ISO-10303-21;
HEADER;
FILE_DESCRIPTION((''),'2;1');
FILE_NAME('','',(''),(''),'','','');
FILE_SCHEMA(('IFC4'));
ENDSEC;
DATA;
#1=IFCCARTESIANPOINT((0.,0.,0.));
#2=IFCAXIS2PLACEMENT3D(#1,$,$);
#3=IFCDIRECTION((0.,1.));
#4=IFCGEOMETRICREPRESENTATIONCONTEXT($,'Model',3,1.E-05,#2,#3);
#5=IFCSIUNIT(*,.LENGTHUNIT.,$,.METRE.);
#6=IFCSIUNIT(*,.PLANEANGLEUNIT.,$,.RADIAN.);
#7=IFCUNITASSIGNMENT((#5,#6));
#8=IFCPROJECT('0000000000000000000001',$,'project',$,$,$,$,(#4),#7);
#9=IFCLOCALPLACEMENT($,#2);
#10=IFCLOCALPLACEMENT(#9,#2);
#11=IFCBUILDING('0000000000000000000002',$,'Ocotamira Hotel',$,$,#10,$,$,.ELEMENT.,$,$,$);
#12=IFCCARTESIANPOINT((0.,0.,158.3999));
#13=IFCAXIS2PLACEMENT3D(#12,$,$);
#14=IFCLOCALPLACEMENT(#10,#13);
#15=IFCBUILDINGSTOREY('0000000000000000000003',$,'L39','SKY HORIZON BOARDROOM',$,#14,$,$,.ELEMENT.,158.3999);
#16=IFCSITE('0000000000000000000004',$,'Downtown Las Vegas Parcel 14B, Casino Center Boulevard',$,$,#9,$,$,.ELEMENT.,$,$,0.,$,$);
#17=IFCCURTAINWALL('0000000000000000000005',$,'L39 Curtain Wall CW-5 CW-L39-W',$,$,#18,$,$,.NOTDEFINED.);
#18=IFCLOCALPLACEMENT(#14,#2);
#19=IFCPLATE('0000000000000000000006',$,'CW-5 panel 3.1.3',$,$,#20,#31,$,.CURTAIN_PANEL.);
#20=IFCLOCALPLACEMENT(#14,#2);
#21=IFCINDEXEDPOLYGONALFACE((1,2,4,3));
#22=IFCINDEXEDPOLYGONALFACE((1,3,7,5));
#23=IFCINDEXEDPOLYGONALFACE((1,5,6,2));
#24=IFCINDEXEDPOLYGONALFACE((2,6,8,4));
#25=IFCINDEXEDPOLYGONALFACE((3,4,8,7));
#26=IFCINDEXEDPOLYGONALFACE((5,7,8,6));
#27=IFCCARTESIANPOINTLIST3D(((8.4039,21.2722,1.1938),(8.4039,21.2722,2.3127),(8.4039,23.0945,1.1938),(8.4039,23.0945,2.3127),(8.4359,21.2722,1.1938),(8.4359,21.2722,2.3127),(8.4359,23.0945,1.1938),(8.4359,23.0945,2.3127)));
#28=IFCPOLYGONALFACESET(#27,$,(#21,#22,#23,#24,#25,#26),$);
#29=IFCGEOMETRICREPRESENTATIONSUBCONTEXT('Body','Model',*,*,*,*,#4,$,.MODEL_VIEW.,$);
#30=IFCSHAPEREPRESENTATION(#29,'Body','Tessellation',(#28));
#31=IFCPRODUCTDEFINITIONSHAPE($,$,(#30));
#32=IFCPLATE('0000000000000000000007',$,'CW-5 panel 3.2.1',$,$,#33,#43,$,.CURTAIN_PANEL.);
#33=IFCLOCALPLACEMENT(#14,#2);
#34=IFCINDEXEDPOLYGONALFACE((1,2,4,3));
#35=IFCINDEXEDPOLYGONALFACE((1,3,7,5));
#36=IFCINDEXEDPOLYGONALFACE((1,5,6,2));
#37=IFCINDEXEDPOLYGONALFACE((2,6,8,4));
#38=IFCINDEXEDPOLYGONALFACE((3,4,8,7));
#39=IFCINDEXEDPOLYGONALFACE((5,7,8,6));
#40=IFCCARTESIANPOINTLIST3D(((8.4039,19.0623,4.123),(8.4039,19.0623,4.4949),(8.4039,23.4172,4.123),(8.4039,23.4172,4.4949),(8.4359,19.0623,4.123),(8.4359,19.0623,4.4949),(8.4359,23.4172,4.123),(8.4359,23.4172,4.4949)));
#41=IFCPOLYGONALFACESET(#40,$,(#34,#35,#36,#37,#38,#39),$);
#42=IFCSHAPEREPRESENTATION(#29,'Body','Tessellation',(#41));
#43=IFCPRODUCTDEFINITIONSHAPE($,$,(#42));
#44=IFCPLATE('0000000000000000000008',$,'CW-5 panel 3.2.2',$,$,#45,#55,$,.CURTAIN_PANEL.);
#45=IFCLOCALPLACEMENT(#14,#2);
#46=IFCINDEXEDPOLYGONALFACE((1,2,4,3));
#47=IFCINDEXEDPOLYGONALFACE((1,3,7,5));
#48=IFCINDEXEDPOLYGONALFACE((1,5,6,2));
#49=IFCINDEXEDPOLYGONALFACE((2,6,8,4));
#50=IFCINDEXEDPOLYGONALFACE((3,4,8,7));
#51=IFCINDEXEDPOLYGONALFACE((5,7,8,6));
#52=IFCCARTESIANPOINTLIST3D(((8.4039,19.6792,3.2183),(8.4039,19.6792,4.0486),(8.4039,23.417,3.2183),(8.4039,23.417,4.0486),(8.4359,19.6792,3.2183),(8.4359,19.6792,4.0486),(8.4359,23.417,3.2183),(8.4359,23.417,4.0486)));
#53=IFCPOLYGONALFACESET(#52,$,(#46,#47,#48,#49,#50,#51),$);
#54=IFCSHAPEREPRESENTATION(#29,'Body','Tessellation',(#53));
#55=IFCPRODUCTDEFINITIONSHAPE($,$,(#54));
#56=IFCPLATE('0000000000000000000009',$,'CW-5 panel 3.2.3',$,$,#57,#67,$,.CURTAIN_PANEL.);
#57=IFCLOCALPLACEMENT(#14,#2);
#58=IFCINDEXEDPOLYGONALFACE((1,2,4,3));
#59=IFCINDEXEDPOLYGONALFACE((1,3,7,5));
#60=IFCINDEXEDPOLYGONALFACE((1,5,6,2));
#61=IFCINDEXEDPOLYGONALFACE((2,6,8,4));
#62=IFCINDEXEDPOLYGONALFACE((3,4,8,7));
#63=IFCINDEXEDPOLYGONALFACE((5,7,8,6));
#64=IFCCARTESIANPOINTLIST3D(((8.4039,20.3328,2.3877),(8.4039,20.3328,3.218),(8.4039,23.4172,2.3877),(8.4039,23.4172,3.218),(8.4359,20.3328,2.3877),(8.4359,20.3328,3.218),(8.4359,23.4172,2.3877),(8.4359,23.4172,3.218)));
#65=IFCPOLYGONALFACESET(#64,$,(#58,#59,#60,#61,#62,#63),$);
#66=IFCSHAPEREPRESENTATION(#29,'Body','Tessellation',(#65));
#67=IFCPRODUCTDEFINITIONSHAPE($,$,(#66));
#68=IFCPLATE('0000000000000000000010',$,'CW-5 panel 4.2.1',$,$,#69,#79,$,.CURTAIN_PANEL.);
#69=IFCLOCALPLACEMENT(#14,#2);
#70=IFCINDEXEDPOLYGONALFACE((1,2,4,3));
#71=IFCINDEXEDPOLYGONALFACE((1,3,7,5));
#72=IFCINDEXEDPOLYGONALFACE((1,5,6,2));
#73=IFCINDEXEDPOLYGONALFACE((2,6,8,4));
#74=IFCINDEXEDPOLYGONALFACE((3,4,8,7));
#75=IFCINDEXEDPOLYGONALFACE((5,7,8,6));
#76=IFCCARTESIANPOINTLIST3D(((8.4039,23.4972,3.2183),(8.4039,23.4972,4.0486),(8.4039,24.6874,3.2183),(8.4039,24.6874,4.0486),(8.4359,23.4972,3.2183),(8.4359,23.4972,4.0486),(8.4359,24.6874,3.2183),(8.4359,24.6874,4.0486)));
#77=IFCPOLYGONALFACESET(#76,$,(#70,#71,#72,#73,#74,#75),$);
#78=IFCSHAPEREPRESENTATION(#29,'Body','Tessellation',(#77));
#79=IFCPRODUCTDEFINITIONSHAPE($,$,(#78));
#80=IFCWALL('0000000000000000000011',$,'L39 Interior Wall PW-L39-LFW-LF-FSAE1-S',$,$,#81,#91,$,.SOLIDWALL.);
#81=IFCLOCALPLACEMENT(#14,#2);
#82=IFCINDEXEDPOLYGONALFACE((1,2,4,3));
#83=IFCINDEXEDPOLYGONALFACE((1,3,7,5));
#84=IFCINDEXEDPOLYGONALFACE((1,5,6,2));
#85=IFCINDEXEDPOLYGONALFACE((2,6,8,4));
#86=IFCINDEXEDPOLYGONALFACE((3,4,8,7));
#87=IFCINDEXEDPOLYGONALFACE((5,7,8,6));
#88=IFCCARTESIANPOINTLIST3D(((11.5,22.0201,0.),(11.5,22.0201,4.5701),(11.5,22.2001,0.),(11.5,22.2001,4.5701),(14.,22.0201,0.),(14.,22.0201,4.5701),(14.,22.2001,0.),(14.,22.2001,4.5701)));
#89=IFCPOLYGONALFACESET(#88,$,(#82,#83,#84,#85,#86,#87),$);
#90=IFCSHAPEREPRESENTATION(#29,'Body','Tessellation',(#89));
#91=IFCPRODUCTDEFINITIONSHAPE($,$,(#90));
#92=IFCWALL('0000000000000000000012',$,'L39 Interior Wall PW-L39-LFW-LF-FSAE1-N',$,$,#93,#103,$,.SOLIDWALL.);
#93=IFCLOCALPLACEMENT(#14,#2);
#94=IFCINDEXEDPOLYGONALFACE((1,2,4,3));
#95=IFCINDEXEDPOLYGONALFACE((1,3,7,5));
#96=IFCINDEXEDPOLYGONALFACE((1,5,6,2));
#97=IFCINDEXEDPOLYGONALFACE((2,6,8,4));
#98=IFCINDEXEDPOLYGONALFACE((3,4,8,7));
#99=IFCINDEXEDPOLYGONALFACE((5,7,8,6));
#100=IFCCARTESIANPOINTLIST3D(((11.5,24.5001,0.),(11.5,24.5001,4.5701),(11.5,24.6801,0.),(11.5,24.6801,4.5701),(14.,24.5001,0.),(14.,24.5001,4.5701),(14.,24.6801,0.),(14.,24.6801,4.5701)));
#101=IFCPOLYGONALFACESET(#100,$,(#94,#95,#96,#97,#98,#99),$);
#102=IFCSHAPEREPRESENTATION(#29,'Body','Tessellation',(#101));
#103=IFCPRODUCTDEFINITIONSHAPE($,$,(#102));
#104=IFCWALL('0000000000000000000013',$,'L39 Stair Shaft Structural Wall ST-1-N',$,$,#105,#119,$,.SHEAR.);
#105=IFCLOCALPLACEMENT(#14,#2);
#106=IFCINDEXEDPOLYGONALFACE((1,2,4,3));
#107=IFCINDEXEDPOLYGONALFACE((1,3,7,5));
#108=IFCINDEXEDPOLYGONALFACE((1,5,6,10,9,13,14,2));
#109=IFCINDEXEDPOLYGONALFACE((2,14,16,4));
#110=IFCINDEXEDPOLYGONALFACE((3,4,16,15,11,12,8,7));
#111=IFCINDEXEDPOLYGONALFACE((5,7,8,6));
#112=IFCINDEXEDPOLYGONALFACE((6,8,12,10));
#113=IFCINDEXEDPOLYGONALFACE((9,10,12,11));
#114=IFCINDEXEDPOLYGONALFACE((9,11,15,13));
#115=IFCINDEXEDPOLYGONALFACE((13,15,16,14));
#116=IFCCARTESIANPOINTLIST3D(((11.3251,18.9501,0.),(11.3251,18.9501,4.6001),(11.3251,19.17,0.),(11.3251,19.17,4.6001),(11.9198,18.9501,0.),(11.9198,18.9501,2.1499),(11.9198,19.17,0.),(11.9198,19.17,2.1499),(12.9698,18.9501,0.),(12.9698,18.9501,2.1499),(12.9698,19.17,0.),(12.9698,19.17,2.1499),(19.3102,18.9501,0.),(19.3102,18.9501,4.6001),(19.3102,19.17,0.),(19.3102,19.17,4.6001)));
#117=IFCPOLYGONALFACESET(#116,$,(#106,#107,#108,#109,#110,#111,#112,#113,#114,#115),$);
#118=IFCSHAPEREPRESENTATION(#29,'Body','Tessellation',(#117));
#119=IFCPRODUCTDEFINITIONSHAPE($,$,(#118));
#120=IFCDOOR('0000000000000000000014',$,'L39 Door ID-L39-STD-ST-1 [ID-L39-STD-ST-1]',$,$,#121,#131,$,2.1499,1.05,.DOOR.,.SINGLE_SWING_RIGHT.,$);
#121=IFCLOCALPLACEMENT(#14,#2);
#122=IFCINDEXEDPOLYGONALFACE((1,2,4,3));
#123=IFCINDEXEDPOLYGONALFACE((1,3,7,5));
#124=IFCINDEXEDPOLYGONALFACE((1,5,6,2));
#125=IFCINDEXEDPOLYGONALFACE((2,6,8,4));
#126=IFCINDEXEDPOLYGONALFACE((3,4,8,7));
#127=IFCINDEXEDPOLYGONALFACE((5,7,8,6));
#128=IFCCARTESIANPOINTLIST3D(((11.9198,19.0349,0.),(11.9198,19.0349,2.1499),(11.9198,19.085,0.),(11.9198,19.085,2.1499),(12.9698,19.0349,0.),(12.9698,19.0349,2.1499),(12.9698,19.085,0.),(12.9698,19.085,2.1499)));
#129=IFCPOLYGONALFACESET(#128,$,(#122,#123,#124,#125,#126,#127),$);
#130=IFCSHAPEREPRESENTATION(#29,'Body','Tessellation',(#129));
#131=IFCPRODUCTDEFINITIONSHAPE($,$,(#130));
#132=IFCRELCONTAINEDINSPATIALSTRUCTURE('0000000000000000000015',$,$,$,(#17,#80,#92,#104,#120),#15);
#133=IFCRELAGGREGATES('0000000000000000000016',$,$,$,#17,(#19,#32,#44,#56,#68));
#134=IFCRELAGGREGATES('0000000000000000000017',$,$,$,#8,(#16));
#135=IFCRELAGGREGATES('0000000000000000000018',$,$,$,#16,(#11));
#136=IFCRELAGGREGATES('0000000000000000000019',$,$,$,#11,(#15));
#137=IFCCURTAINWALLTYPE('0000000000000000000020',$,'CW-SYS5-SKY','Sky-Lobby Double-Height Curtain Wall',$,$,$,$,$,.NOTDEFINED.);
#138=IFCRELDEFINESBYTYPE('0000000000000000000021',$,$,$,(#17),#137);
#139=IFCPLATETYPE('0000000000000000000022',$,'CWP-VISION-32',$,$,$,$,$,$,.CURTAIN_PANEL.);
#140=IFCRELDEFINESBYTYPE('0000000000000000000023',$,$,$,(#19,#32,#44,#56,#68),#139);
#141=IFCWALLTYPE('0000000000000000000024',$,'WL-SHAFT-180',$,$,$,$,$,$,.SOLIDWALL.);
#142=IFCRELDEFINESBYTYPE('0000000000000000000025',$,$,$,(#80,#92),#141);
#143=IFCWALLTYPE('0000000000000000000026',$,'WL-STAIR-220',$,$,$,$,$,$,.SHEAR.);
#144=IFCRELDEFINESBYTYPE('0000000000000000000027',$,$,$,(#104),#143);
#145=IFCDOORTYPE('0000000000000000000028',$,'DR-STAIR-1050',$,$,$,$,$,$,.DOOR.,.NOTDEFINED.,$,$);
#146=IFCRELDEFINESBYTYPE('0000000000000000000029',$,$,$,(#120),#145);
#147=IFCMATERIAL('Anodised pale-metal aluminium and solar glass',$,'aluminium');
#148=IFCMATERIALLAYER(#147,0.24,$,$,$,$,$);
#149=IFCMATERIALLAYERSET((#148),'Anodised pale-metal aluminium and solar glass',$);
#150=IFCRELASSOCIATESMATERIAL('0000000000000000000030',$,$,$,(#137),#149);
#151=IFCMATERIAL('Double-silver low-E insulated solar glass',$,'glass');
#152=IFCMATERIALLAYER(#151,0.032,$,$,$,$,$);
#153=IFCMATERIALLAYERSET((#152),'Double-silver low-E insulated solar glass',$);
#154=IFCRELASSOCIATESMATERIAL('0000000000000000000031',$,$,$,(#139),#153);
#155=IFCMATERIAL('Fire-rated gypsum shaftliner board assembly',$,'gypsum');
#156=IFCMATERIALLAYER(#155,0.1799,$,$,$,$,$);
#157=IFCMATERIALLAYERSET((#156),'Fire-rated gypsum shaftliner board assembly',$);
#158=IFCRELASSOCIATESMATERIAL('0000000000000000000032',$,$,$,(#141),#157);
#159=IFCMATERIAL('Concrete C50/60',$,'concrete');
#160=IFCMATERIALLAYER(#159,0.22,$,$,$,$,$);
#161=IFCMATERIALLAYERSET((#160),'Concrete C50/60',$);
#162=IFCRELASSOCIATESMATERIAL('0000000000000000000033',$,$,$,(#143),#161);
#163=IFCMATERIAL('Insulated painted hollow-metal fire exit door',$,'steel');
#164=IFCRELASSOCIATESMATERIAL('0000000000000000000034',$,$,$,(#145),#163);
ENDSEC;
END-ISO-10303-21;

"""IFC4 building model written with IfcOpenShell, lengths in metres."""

from ifc_helpers import new_model, si_unit, direction, frame, frame_2d, origin, origin_2d, place, context, subcontext, project, spatial, rectangle, extrude, source, transform, mapped, material, layer, layer_set, type_object, element, fill, aggregate, save


model = new_model("IFC4")

# Units and contexts
model_context = context("Model", 3, precision=1e-05, world=origin(), true_north=direction((0.0, 1.0)))
body_context = subcontext(model_context, "Body", "Model", "MODEL_VIEW")
ifc_project = project(units=[si_unit("LENGTHUNIT", "METRE"), si_unit("PLANEANGLEUNIT", "RADIAN")], contexts=[model_context])

# Site, building, storey
site_placement = place(None, origin())
site = spatial("IfcSite", under=ifc_project, at=site_placement, Name="Downtown Las Vegas Parcel 14B, Casino Center Boulevard", CompositionType="ELEMENT", RefElevation=0.0)
building_placement = place(site_placement, origin())
building = spatial("IfcBuilding", under=site, at=building_placement, Name="Ocotamira Hotel", CompositionType="ELEMENT")
storey_placement = place(building_placement, frame((0.0, 0.0, 158.3999)))
storey = spatial("IfcBuildingStorey", under=building, at=storey_placement, Name="L39", Description="SKY HORIZON BOARDROOM", CompositionType="ELEMENT", Elevation=158.3999)

# Curtain wall, plates
ifc_material_1 = material(Name="Anodised pale-metal aluminium and solar glass", Category="aluminium")
ifc_layer_1 = layer(ifc_material_1, 0.24)
ifc_layer_set_1 = layer_set([ifc_layer_1], Name="Anodised pale-metal aluminium and solar glass")
curtain_wall_type = type_object("IfcCurtainWallType", Name="CW-SYS5-SKY", Description="Sky-Lobby Double-Height Curtain Wall", PredefinedType="NOTDEFINED", material=ifc_layer_set_1)
curtain_wall_placement = place(storey_placement, origin())
curtain_wall = element("IfcCurtainWall", 1, at=curtain_wall_placement, inside=storey, type_object=curtain_wall_type, Name="L39 Curtain Wall CW-5 CW-L39-W", PredefinedType="NOTDEFINED")
ifc_material_2 = material(Name="Double-silver low-E insulated solar glass", Category="glass")
ifc_layer_2 = layer(ifc_material_2, 0.032)
ifc_layer_set_2 = layer_set([ifc_layer_2], Name="Double-silver low-E insulated solar glass")
plate_type = type_object("IfcPlateType", Name="CWP-VISION-32", PredefinedType="CURTAIN_PANEL", material=ifc_layer_set_2)
shared_shape_1 = source(origin(), body_context, "Body", "SweptSolid", [
    extrude(rectangle(XDim=1.8223, YDim=0.032, at=origin_2d()), origin(), (0.0, 0.0, 1.0), 1.1189),
])
plate_1_placement = place(storey_placement, frame((8.4199, 22.1833, 1.1938), z_axis=(0.0, 0.0, 1.0), x_axis=(0.0, 1.0, 0.0)))
plate_1 = element("IfcPlate", 2, at=plate_1_placement, type_object=plate_type, Name="CW-5 panel 3.1.3", PredefinedType="CURTAIN_PANEL", context=body_context, shape_type="MappedRepresentation", body=[
    mapped(shared_shape_1, transform((0.0, 0.0, 0.0), scale=1.0)),
])
shared_shape_2 = source(origin(), body_context, "Body", "SweptSolid", [
    extrude(rectangle(XDim=4.355, YDim=0.032, at=origin_2d()), origin(), (0.0, 0.0, 1.0), 0.3718),
])
plate_2_placement = place(storey_placement, frame((8.4199, 21.2397, 4.123), z_axis=(0.0, 0.0, 1.0), x_axis=(0.0, 1.0, 0.0)))
plate_2 = element("IfcPlate", 3, at=plate_2_placement, type_object=plate_type, Name="CW-5 panel 3.2.1", PredefinedType="CURTAIN_PANEL", context=body_context, shape_type="MappedRepresentation", body=[
    mapped(shared_shape_2, transform((0.0, 0.0, 0.0), scale=1.0)),
])
shared_shape_3 = source(origin(), body_context, "Body", "SweptSolid", [
    extrude(rectangle(XDim=3.7378, YDim=0.032, at=origin_2d()), origin(), (0.0, 0.0, 1.0), 0.8303),
])
plate_3_placement = place(storey_placement, frame((8.4199, 21.5481, 3.2183), z_axis=(0.0, 0.0, 1.0), x_axis=(0.0, 1.0, 0.0)))
plate_3 = element("IfcPlate", 4, at=plate_3_placement, type_object=plate_type, Name="CW-5 panel 3.2.2", PredefinedType="CURTAIN_PANEL", context=body_context, shape_type="MappedRepresentation", body=[
    mapped(shared_shape_3, transform((0.0, 0.0, 0.0), scale=1.0)),
])
shared_shape_4 = source(origin(), body_context, "Body", "SweptSolid", [
    extrude(rectangle(XDim=3.0845, YDim=0.032, at=origin_2d()), origin(), (0.0, 0.0, 1.0), 0.8303),
])
plate_4_placement = place(storey_placement, frame((8.4199, 21.875, 2.3877), z_axis=(0.0, 0.0, 1.0), x_axis=(0.0, 1.0, 0.0)))
plate_4 = element("IfcPlate", 5, at=plate_4_placement, type_object=plate_type, Name="CW-5 panel 3.2.3", PredefinedType="CURTAIN_PANEL", context=body_context, shape_type="MappedRepresentation", body=[
    mapped(shared_shape_4, transform((0.0, 0.0, 0.0), scale=1.0)),
])
shared_shape_5 = source(origin(), body_context, "Body", "SweptSolid", [
    extrude(rectangle(XDim=1.1902, YDim=0.032, at=origin_2d()), origin(), (0.0, 0.0, 1.0), 0.8303),
])
plate_5_placement = place(storey_placement, frame((8.4199, 24.0923, 3.2183), z_axis=(0.0, 0.0, 1.0), x_axis=(0.0, 1.0, 0.0)))
plate_5 = element("IfcPlate", 6, at=plate_5_placement, type_object=plate_type, Name="CW-5 panel 4.2.1", PredefinedType="CURTAIN_PANEL", context=body_context, shape_type="MappedRepresentation", body=[
    mapped(shared_shape_5, transform((0.0, 0.0, 0.0), scale=1.0)),
])
aggregate(curtain_wall, [plate_1, plate_2, plate_3, plate_4, plate_5])

# Walls
ifc_material_3 = material(Name="Fire-rated gypsum shaftliner board assembly", Category="gypsum")
ifc_layer_3 = layer(ifc_material_3, 0.1799)
ifc_layer_set_3 = layer_set([ifc_layer_3], Name="Fire-rated gypsum shaftliner board assembly")
wall_type_1 = type_object("IfcWallType", Name="WL-SHAFT-180", PredefinedType="SOLIDWALL", material=ifc_layer_set_3)
for number, where, z_axis, x_axis, name in (
    (7, (11.5, 22.1101, 0.0), (0.0, 0.0, 1.0), (1.0, 0.0, 0.0), "L39 Interior Wall PW-L39-LFW-LF-FSAE1-S"),
    (8, (11.5, 24.5901, 0.0), (0.0, 0.0, 1.0), (1.0, 0.0, 0.0), "L39 Interior Wall PW-L39-LFW-LF-FSAE1-N"),
):
    element("IfcWall", number, at=place(storey_placement, frame(where, z_axis=z_axis, x_axis=x_axis)), inside=storey, type_object=wall_type_1, Name=name, PredefinedType="SOLIDWALL", context=body_context, shape_type="SweptSolid", body=[
        extrude(rectangle(XDim=2.5, YDim=0.1799, at=frame_2d((1.25, 0.0))), origin(), (0.0, 0.0, 1.0), 4.5701),
    ])

# Wall, opening, door
ifc_material_4 = material(Name="Concrete C50/60", Category="concrete")
ifc_layer_4 = layer(ifc_material_4, 0.22)
ifc_layer_set_4 = layer_set([ifc_layer_4], Name="Concrete C50/60")
wall_type_2 = type_object("IfcWallType", Name="WL-STAIR-220", PredefinedType="SHEAR", material=ifc_layer_set_4)
wall_placement = place(storey_placement, frame((11.325, 19.0601, 0.0), z_axis=(0.0, 0.0, 1.0), x_axis=(1.0, 0.0, 0.0)))
wall = element("IfcWall", 9, at=wall_placement, inside=storey, type_object=wall_type_2, Name="L39 Stair Shaft Structural Wall ST-1-N", PredefinedType="SHEAR", context=body_context, shape_type="SweptSolid", body=[
    extrude(rectangle(XDim=7.9851, YDim=0.22, at=frame_2d((3.9927, 0.0))), origin(), (0.0, 0.0, 1.0), 4.6001),
])
opening_placement = place(wall_placement, frame((0.595, 0.0, 0.0)))
opening = element("IfcOpeningElement", 10, at=opening_placement, cuts=wall, PredefinedType="OPENING", context=body_context, shape_type="SweptSolid", body=[
    extrude(rectangle(XDim=1.05, YDim=2.1499, at=frame_2d((0.5249, 1.075))), frame((0.0, 0.1201, 0.0), z_axis=(0.0, -1.0, 0.0), x_axis=(1.0, 0.0, 0.0)), (0.0, 0.0, 1.0), 0.24),
])
ifc_material_5 = material(Name="Insulated painted hollow-metal fire exit door", Category="steel")
door_type = type_object("IfcDoorType", Name="DR-STAIR-1050", OperationType="NOTDEFINED", PredefinedType="DOOR", material=ifc_material_5)
shared_shape_6 = source(origin(), body_context, "Body", "SweptSolid", [
    extrude(rectangle(XDim=1.05, YDim=2.1499, at=frame_2d((0.5249, 1.075))), frame((0.0, 0.0249, 0.0), z_axis=(0.0, -1.0, 0.0), x_axis=(1.0, 0.0, 0.0)), (0.0, 0.0, 1.0), 0.05),
])
door_placement = place(opening_placement, origin())
door = element("IfcDoor", 11, at=door_placement, inside=storey, type_object=door_type, Name="L39 Door ID-L39-STD-ST-1 [ID-L39-STD-ST-1]", OperationType="SINGLE_SWING_RIGHT", OverallHeight=2.1499, OverallWidth=1.05, PredefinedType="DOOR", context=body_context, shape_type="MappedRepresentation", body=[
    mapped(shared_shape_6, transform((0.0, 0.0, 0.0), scale=1.0)),
])
fill(opening, door)

save(model, "model.ifc")
